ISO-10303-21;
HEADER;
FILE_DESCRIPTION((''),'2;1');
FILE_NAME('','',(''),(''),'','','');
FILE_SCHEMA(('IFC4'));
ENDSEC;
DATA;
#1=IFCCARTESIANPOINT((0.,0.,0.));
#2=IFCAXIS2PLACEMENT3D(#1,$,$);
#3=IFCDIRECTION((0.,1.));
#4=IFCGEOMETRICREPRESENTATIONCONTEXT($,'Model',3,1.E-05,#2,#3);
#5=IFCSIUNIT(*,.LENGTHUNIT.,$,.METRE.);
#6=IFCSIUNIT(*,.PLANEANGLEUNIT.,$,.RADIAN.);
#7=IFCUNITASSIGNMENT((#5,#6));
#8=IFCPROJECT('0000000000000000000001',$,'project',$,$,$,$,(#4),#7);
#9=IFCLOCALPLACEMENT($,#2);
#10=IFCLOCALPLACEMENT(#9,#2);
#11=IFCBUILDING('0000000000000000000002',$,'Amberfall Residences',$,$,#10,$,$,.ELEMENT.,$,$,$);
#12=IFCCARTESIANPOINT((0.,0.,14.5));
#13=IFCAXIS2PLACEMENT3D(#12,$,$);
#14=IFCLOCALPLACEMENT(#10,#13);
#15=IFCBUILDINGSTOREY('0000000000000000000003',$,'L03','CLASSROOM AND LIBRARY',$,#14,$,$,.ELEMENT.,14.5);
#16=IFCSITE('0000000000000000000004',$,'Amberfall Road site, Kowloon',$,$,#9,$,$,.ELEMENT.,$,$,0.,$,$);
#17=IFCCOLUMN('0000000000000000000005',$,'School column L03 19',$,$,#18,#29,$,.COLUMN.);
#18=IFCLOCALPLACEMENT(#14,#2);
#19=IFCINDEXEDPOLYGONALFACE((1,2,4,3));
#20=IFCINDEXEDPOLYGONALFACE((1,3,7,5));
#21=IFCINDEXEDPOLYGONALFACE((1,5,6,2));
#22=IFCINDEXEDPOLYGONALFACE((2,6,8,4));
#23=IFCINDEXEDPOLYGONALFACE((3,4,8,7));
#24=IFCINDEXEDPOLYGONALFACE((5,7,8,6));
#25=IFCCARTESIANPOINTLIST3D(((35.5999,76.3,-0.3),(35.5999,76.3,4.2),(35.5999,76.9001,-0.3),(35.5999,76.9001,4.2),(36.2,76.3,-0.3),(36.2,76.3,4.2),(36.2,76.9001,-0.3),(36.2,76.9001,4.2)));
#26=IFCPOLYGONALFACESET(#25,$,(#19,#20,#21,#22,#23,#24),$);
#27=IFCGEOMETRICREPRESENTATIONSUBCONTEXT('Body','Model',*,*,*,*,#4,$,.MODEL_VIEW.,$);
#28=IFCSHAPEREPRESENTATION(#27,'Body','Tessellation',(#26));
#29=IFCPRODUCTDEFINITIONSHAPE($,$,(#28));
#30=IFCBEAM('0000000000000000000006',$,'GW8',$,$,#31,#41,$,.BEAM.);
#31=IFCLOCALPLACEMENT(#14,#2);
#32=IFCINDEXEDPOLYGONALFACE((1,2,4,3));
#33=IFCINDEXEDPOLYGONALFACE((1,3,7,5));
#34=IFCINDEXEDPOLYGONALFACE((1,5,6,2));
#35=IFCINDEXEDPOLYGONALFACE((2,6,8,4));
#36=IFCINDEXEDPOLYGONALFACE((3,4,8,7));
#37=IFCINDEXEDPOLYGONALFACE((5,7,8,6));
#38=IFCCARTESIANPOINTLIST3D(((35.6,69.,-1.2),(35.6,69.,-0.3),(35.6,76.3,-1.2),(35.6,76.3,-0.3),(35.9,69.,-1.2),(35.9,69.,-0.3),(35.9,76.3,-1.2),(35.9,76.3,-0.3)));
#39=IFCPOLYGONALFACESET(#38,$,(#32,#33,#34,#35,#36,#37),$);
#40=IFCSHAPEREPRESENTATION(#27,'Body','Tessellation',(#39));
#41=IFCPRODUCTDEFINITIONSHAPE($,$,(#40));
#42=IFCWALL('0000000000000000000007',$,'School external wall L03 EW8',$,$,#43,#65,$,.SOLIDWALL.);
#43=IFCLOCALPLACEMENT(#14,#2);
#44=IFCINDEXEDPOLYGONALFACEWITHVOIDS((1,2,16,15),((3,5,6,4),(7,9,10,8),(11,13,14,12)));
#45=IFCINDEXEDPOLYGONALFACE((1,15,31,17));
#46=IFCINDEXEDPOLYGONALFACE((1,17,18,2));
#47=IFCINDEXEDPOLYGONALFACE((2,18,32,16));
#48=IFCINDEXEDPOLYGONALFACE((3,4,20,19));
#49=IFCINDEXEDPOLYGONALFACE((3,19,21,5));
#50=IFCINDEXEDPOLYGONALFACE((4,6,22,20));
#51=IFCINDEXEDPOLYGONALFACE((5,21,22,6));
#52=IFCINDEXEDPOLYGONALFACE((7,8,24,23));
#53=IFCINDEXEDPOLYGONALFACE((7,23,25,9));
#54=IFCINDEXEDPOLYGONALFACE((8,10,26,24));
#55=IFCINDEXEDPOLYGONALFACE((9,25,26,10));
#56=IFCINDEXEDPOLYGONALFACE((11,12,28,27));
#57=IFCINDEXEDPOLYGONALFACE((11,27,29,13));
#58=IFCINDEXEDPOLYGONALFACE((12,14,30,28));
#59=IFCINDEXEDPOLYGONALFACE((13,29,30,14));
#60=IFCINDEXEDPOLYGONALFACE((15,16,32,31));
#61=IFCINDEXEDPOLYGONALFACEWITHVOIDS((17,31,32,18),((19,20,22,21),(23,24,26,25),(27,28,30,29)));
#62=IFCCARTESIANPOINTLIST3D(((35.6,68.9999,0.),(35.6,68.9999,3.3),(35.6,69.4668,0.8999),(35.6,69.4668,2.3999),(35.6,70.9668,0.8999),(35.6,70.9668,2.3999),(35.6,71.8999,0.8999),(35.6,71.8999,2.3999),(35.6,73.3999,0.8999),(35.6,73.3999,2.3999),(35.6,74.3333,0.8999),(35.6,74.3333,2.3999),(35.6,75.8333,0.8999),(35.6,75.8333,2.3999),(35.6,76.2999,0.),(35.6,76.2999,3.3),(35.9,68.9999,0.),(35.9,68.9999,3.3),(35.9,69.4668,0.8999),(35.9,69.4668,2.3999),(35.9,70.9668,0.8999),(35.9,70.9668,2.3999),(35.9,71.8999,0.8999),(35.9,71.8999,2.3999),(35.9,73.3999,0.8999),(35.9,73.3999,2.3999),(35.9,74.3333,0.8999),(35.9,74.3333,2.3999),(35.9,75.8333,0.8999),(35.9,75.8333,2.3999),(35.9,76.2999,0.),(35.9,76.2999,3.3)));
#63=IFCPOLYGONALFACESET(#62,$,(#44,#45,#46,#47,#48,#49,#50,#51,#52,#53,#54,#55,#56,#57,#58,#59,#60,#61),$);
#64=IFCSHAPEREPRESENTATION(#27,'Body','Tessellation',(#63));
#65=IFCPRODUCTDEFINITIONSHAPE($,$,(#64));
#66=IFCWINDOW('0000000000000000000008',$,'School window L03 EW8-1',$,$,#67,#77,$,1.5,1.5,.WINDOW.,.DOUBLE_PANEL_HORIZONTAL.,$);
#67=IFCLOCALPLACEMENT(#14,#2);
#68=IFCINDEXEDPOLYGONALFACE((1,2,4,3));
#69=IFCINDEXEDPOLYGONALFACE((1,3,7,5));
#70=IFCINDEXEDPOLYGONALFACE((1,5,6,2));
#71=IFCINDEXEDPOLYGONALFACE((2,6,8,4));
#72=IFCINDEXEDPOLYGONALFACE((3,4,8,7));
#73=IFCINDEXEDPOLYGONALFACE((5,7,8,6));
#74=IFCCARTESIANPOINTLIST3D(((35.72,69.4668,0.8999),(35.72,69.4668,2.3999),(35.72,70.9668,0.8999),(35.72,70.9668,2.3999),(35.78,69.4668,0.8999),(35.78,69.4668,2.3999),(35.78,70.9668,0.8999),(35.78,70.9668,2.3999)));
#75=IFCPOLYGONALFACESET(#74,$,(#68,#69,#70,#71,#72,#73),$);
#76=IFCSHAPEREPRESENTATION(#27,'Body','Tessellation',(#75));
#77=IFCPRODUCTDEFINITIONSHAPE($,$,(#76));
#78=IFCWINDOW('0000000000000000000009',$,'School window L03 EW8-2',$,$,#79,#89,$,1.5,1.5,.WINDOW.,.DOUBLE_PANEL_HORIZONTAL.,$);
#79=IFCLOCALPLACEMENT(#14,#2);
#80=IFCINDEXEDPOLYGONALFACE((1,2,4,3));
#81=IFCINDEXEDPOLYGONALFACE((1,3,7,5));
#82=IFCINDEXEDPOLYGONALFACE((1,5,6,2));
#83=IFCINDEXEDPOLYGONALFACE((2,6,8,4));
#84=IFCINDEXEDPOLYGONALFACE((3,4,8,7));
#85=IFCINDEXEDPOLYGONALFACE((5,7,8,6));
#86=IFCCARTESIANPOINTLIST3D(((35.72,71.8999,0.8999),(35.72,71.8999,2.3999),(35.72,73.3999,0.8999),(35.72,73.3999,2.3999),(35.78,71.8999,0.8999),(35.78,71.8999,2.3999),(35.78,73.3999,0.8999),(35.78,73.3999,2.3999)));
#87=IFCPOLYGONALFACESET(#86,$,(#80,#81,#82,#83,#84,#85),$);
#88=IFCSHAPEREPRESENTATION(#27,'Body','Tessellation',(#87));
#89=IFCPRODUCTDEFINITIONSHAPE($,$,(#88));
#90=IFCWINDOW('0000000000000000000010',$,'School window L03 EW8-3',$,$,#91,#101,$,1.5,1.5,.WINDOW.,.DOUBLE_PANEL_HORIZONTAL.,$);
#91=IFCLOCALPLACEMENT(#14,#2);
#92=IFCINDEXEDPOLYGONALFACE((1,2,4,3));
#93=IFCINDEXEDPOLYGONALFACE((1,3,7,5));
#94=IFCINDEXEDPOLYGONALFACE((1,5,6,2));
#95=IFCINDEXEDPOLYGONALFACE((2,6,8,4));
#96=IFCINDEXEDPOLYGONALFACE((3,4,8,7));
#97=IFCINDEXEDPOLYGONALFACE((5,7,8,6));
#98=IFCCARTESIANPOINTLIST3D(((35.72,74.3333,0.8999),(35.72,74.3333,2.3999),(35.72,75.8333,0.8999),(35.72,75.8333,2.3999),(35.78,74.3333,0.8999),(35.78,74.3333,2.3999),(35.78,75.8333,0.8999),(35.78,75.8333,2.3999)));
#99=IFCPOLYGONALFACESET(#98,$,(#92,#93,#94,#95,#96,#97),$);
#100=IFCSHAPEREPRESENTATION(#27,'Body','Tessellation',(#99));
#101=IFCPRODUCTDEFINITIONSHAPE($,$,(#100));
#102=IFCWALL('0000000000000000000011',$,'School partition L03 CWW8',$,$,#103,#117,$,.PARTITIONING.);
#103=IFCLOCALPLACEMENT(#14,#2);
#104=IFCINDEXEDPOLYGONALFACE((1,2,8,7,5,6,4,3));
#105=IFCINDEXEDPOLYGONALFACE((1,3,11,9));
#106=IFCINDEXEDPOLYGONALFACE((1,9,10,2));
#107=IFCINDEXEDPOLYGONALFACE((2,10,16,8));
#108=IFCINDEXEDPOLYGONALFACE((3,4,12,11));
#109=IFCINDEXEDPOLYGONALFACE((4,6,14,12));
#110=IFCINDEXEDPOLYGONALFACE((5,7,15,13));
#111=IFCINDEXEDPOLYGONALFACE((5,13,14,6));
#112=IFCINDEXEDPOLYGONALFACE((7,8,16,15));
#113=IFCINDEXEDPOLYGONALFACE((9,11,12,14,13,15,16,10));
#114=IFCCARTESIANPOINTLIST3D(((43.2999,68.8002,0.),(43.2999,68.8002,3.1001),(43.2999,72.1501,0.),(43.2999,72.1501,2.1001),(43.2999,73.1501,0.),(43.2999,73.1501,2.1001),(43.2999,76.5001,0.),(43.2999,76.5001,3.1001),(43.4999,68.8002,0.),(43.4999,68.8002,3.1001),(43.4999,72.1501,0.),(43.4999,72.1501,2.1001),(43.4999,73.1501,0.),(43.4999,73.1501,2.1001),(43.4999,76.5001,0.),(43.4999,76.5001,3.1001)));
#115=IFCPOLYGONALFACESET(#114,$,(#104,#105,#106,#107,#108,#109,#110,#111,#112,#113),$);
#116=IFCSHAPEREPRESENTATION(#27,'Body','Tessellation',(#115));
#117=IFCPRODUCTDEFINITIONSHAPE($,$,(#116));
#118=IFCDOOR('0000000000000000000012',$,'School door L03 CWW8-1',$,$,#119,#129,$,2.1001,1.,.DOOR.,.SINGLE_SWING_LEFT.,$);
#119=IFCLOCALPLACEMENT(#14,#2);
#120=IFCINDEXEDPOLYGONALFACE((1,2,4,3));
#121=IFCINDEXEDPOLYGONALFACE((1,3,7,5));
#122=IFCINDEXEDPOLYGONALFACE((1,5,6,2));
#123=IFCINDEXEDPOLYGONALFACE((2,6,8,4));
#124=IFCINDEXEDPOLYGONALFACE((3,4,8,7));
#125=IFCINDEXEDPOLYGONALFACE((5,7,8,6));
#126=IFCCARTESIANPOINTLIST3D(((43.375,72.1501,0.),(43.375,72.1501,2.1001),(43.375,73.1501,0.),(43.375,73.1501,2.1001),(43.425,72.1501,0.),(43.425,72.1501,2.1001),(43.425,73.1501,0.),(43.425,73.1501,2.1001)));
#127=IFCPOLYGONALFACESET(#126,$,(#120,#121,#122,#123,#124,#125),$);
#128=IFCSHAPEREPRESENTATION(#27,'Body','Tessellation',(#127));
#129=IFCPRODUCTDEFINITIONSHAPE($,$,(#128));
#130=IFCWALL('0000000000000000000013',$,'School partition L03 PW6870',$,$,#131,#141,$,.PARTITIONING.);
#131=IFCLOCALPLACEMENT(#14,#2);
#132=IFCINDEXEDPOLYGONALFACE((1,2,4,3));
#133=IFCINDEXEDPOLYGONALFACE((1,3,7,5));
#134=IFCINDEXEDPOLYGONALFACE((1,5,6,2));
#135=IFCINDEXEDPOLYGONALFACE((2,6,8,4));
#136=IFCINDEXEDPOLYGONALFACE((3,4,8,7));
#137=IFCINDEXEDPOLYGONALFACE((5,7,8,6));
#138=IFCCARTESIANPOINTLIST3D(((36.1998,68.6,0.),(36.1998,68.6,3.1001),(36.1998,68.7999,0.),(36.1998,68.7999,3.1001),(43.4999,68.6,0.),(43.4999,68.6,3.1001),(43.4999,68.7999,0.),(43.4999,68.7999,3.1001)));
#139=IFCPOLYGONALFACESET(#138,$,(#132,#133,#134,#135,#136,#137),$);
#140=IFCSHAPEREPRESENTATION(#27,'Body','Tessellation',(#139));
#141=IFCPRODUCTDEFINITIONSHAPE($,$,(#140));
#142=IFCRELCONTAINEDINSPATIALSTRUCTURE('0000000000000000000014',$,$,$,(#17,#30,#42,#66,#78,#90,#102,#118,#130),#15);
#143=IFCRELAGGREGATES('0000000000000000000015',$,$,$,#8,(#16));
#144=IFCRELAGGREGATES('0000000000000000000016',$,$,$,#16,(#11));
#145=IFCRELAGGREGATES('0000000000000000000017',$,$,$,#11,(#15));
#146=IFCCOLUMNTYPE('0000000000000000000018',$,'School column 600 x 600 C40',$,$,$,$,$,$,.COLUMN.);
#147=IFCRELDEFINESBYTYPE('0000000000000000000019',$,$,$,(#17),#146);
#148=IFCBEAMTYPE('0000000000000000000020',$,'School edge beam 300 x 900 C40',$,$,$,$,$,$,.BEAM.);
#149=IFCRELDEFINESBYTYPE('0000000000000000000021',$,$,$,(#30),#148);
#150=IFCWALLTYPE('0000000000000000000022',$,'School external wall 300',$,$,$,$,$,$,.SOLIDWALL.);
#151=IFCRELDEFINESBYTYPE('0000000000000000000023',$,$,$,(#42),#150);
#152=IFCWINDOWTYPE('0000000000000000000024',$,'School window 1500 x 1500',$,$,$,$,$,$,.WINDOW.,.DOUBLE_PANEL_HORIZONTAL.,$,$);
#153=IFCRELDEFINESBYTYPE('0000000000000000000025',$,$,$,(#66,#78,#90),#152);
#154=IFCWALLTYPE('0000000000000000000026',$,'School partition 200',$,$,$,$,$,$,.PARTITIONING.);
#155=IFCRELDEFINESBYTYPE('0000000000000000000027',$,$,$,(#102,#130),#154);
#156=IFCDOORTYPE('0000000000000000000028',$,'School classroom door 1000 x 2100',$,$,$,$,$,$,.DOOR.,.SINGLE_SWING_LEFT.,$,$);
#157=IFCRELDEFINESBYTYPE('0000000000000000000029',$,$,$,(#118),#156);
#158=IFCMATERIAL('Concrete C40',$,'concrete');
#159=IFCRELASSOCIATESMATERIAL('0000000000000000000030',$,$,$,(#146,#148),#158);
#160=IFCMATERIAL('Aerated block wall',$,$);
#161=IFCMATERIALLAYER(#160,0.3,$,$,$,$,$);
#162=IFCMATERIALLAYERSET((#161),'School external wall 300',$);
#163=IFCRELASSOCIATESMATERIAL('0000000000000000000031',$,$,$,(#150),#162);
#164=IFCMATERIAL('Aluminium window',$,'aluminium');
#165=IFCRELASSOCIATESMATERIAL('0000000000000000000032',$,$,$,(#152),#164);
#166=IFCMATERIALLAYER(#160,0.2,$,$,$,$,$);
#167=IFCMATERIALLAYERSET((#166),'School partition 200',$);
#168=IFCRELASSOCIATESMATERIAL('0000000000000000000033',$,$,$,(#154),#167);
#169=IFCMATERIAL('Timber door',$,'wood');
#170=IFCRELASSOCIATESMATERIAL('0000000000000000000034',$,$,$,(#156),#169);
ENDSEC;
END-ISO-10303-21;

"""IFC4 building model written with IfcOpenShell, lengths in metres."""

from ifc_helpers import new_model, si_unit, direction, frame, frame_2d, origin, origin_2d, place, context, subcontext, project, spatial, rectangle, extrude, material, layer, layer_set, material_profile, profile_set, type_object, element, fill, save


model = new_model("IFC4")

# Units and contexts
model_context = context("Model", 3, precision=1e-05, world=origin(), true_north=direction((0.0, 1.0)))
body_context = subcontext(model_context, "Body", "Model", "MODEL_VIEW")
ifc_project = project(units=[si_unit("LENGTHUNIT", "METRE"), si_unit("PLANEANGLEUNIT", "RADIAN")], contexts=[model_context])

# Site, building, storey
site_placement = place(None, origin())
site = spatial("IfcSite", under=ifc_project, at=site_placement, Name="Amberfall Road site, Kowloon", CompositionType="ELEMENT", RefElevation=0.0)
building_placement = place(site_placement, origin())
building = spatial("IfcBuilding", under=site, at=building_placement, Name="Amberfall Residences", CompositionType="ELEMENT")
storey_placement = place(building_placement, frame((0.0, 0.0, 14.5)))
storey = spatial("IfcBuildingStorey", under=building, at=storey_placement, Name="L03", Description="CLASSROOM AND LIBRARY", CompositionType="ELEMENT", Elevation=14.5)

# Column
ifc_material_1 = material(Name="Concrete C40", Category="concrete")
ifc_material_profile_1 = material_profile(ifc_material_1, rectangle(XDim=0.6001, YDim=0.6001, at=origin_2d()), Name="School column 600 x 600 C40")
ifc_profile_set_1 = profile_set([ifc_material_profile_1], Name="Concrete C40")
column_type = type_object("IfcColumnType", Name="School column 600 x 600 C40", PredefinedType="COLUMN", material=ifc_profile_set_1)
column_placement = place(storey_placement, frame((35.8999, 76.6001, -0.3), z_axis=(0.0, 0.0, 1.0), x_axis=(1.0, 0.0, 0.0)))
element("IfcColumn", 1, at=column_placement, inside=storey, type_object=column_type, Name="School column L03 19", PredefinedType="COLUMN", context=body_context, shape_type="SweptSolid", body=[
    extrude(rectangle(XDim=0.6001, YDim=0.6001, at=origin_2d()), origin(), (0.0, 0.0, 1.0), 4.5),
])

# Beam
ifc_material_profile_2 = material_profile(ifc_material_1, rectangle(XDim=0.3, YDim=0.8999, at=origin_2d()), Name="School edge beam 300 x 900 C40")
ifc_profile_set_2 = profile_set([ifc_material_profile_2], Name="Concrete C40")
beam_type = type_object("IfcBeamType", Name="School edge beam 300 x 900 C40", PredefinedType="BEAM", material=ifc_profile_set_2)
beam_placement = place(storey_placement, frame((35.75, 69.0, -0.75), z_axis=(0.0, 1.0, 0.0), x_axis=(-1.0, 0.0, 0.0)))
element("IfcBeam", 2, at=beam_placement, inside=storey, type_object=beam_type, Name="GW8", PredefinedType="BEAM", context=body_context, shape_type="SweptSolid", body=[
    extrude(rectangle(XDim=0.3, YDim=0.8999, at=origin_2d()), origin(), (0.0, 0.0, 1.0), 7.3),
])

# Wall, openings, windows
ifc_material_2 = material(Name="Aerated block wall")
ifc_layer_1 = layer(ifc_material_2, 0.3)
ifc_layer_set_1 = layer_set([ifc_layer_1], Name="School external wall 300")
wall_type_1 = type_object("IfcWallType", Name="School external wall 300", PredefinedType="SOLIDWALL", material=ifc_layer_set_1)
wall_1_placement = place(storey_placement, frame((35.75, 69.0, 0.0), z_axis=(0.0, 0.0, 1.0), x_axis=(0.0, 1.0, 0.0)))
wall_1 = element("IfcWall", 3, at=wall_1_placement, inside=storey, type_object=wall_type_1, Name="School external wall L03 EW8", PredefinedType="SOLIDWALL", context=body_context, shape_type="SweptSolid", body=[
    extrude(rectangle(XDim=7.3, YDim=0.3, at=frame_2d((3.6499, 0.0))), origin(), (0.0, 0.0, 1.0), 3.3),
])
opening_1_placement = place(wall_1_placement, frame((0.4668, 0.0, 0.8999)))
opening_1 = element("IfcOpeningElement", 4, at=opening_1_placement, cuts=wall_1, PredefinedType="OPENING", context=body_context, shape_type="SweptSolid", body=[
    extrude(rectangle(XDim=1.5, YDim=1.5, at=frame_2d((0.75, 0.75))), frame((0.0, 0.1599, 0.0), z_axis=(0.0, -1.0, 0.0), x_axis=(1.0, 0.0, 0.0)), (0.0, 0.0, 1.0), 0.3201),
])
opening_2_placement = place(wall_1_placement, frame((2.8999, 0.0, 0.8999)))
opening_2 = element("IfcOpeningElement", 5, at=opening_2_placement, cuts=wall_1, PredefinedType="OPENING", context=body_context, shape_type="SweptSolid", body=[
    extrude(rectangle(XDim=1.5, YDim=1.5, at=frame_2d((0.75, 0.75))), frame((0.0, 0.1599, 0.0), z_axis=(0.0, -1.0, 0.0), x_axis=(1.0, 0.0, 0.0)), (0.0, 0.0, 1.0), 0.3201),
])
opening_3_placement = place(wall_1_placement, frame((5.3333, 0.0, 0.8999)))
opening_3 = element("IfcOpeningElement", 6, at=opening_3_placement, cuts=wall_1, PredefinedType="OPENING", context=body_context, shape_type="SweptSolid", body=[
    extrude(rectangle(XDim=1.5, YDim=1.5, at=frame_2d((0.75, 0.75))), frame((0.0, 0.1599, 0.0), z_axis=(0.0, -1.0, 0.0), x_axis=(1.0, 0.0, 0.0)), (0.0, 0.0, 1.0), 0.3201),
])
ifc_material_3 = material(Name="Aluminium window", Category="aluminium")
window_type = type_object("IfcWindowType", Name="School window 1500 x 1500", PartitioningType="DOUBLE_PANEL_HORIZONTAL", PredefinedType="WINDOW", material=ifc_material_3)
window_1_placement = place(opening_1_placement, origin())
window_1 = element("IfcWindow", 7, at=window_1_placement, inside=storey, type_object=window_type, Name="School window L03 EW8-1", OverallHeight=1.5, OverallWidth=1.5, PartitioningType="DOUBLE_PANEL_HORIZONTAL", PredefinedType="WINDOW", context=body_context, shape_type="SweptSolid", body=[
    extrude(rectangle(XDim=1.5, YDim=1.5, at=frame_2d((0.75, 0.75))), frame((0.0, 0.03, 0.0), z_axis=(0.0, -1.0, 0.0), x_axis=(1.0, 0.0, 0.0)), (0.0, 0.0, 1.0), 0.0601),
])
fill(opening_1, window_1)
window_2_placement = place(opening_2_placement, origin())
window_2 = element("IfcWindow", 8, at=window_2_placement, inside=storey, type_object=window_type, Name="School window L03 EW8-2", OverallHeight=1.5, OverallWidth=1.5, PartitioningType="DOUBLE_PANEL_HORIZONTAL", PredefinedType="WINDOW", context=body_context, shape_type="SweptSolid", body=[
    extrude(rectangle(XDim=1.5, YDim=1.5, at=frame_2d((0.75, 0.75))), frame((0.0, 0.03, 0.0), z_axis=(0.0, -1.0, 0.0), x_axis=(1.0, 0.0, 0.0)), (0.0, 0.0, 1.0), 0.0601),
])
fill(opening_2, window_2)
window_3_placement = place(opening_3_placement, origin())
window_3 = element("IfcWindow", 9, at=window_3_placement, inside=storey, type_object=window_type, Name="School window L03 EW8-3", OverallHeight=1.5, OverallWidth=1.5, PartitioningType="DOUBLE_PANEL_HORIZONTAL", PredefinedType="WINDOW", context=body_context, shape_type="SweptSolid", body=[
    extrude(rectangle(XDim=1.5, YDim=1.5, at=frame_2d((0.75, 0.75))), frame((0.0, 0.03, 0.0), z_axis=(0.0, -1.0, 0.0), x_axis=(1.0, 0.0, 0.0)), (0.0, 0.0, 1.0), 0.0601),
])
fill(opening_3, window_3)

# Wall, opening, door
ifc_layer_2 = layer(ifc_material_2, 0.2)
ifc_layer_set_2 = layer_set([ifc_layer_2], Name="School partition 200")
wall_type_2 = type_object("IfcWallType", Name="School partition 200", PredefinedType="PARTITIONING", material=ifc_layer_set_2)
wall_2_placement = place(storey_placement, frame((43.3999, 68.8, 0.0), z_axis=(0.0, 0.0, 1.0), x_axis=(0.0, 1.0, 0.0)))
wall_2 = element("IfcWall", 10, at=wall_2_placement, inside=storey, type_object=wall_type_2, Name="School partition L03 CWW8", PredefinedType="PARTITIONING", context=body_context, shape_type="SweptSolid", body=[
    extrude(rectangle(XDim=7.7, YDim=0.2, at=frame_2d((3.8501, 0.0))), origin(), (0.0, 0.0, 1.0), 3.1001),
])
opening_4_placement = place(wall_2_placement, frame((3.3501, 0.0, 0.0)))
opening_4 = element("IfcOpeningElement", 11, at=opening_4_placement, cuts=wall_2, PredefinedType="OPENING", context=body_context, shape_type="SweptSolid", body=[
    extrude(rectangle(XDim=1.0, YDim=2.1001, at=frame_2d((0.5, 1.05))), frame((0.0, 0.1099, 0.0), z_axis=(0.0, -1.0, 0.0), x_axis=(1.0, 0.0, 0.0)), (0.0, 0.0, 1.0), 0.22),
])
ifc_material_4 = material(Name="Timber door", Category="wood")
door_type = type_object("IfcDoorType", Name="School classroom door 1000 x 2100", OperationType="SINGLE_SWING_LEFT", PredefinedType="DOOR", material=ifc_material_4)
door_1_placement = place(opening_4_placement, origin())
door_1 = element("IfcDoor", 12, at=door_1_placement, inside=storey, type_object=door_type, Name="School door L03 CWW8-1", OperationType="SINGLE_SWING_LEFT", OverallHeight=2.1001, OverallWidth=1.0, PredefinedType="DOOR", context=body_context, shape_type="SweptSolid", body=[
    extrude(rectangle(XDim=1.0, YDim=2.1001, at=frame_2d((0.5, 1.05))), frame((0.0, 0.0249, 0.0), z_axis=(0.0, -1.0, 0.0), x_axis=(1.0, 0.0, 0.0)), (0.0, 0.0, 1.0), 0.05),
])
fill(opening_4, door_1)

# Wall
wall_3_placement = place(storey_placement, frame((36.2, 68.7, 0.0), z_axis=(0.0, 0.0, 1.0), x_axis=(1.0, 0.0, 0.0)))
element("IfcWall", 13, at=wall_3_placement, inside=storey, type_object=wall_type_2, Name="School partition L03 PW6870", PredefinedType="PARTITIONING", context=body_context, shape_type="SweptSolid", body=[
    extrude(rectangle(XDim=7.3, YDim=0.2, at=frame_2d((3.6499, 0.0))), origin(), (0.0, 0.0, 1.0), 3.1001),
])

save(model, "model.ifc")
